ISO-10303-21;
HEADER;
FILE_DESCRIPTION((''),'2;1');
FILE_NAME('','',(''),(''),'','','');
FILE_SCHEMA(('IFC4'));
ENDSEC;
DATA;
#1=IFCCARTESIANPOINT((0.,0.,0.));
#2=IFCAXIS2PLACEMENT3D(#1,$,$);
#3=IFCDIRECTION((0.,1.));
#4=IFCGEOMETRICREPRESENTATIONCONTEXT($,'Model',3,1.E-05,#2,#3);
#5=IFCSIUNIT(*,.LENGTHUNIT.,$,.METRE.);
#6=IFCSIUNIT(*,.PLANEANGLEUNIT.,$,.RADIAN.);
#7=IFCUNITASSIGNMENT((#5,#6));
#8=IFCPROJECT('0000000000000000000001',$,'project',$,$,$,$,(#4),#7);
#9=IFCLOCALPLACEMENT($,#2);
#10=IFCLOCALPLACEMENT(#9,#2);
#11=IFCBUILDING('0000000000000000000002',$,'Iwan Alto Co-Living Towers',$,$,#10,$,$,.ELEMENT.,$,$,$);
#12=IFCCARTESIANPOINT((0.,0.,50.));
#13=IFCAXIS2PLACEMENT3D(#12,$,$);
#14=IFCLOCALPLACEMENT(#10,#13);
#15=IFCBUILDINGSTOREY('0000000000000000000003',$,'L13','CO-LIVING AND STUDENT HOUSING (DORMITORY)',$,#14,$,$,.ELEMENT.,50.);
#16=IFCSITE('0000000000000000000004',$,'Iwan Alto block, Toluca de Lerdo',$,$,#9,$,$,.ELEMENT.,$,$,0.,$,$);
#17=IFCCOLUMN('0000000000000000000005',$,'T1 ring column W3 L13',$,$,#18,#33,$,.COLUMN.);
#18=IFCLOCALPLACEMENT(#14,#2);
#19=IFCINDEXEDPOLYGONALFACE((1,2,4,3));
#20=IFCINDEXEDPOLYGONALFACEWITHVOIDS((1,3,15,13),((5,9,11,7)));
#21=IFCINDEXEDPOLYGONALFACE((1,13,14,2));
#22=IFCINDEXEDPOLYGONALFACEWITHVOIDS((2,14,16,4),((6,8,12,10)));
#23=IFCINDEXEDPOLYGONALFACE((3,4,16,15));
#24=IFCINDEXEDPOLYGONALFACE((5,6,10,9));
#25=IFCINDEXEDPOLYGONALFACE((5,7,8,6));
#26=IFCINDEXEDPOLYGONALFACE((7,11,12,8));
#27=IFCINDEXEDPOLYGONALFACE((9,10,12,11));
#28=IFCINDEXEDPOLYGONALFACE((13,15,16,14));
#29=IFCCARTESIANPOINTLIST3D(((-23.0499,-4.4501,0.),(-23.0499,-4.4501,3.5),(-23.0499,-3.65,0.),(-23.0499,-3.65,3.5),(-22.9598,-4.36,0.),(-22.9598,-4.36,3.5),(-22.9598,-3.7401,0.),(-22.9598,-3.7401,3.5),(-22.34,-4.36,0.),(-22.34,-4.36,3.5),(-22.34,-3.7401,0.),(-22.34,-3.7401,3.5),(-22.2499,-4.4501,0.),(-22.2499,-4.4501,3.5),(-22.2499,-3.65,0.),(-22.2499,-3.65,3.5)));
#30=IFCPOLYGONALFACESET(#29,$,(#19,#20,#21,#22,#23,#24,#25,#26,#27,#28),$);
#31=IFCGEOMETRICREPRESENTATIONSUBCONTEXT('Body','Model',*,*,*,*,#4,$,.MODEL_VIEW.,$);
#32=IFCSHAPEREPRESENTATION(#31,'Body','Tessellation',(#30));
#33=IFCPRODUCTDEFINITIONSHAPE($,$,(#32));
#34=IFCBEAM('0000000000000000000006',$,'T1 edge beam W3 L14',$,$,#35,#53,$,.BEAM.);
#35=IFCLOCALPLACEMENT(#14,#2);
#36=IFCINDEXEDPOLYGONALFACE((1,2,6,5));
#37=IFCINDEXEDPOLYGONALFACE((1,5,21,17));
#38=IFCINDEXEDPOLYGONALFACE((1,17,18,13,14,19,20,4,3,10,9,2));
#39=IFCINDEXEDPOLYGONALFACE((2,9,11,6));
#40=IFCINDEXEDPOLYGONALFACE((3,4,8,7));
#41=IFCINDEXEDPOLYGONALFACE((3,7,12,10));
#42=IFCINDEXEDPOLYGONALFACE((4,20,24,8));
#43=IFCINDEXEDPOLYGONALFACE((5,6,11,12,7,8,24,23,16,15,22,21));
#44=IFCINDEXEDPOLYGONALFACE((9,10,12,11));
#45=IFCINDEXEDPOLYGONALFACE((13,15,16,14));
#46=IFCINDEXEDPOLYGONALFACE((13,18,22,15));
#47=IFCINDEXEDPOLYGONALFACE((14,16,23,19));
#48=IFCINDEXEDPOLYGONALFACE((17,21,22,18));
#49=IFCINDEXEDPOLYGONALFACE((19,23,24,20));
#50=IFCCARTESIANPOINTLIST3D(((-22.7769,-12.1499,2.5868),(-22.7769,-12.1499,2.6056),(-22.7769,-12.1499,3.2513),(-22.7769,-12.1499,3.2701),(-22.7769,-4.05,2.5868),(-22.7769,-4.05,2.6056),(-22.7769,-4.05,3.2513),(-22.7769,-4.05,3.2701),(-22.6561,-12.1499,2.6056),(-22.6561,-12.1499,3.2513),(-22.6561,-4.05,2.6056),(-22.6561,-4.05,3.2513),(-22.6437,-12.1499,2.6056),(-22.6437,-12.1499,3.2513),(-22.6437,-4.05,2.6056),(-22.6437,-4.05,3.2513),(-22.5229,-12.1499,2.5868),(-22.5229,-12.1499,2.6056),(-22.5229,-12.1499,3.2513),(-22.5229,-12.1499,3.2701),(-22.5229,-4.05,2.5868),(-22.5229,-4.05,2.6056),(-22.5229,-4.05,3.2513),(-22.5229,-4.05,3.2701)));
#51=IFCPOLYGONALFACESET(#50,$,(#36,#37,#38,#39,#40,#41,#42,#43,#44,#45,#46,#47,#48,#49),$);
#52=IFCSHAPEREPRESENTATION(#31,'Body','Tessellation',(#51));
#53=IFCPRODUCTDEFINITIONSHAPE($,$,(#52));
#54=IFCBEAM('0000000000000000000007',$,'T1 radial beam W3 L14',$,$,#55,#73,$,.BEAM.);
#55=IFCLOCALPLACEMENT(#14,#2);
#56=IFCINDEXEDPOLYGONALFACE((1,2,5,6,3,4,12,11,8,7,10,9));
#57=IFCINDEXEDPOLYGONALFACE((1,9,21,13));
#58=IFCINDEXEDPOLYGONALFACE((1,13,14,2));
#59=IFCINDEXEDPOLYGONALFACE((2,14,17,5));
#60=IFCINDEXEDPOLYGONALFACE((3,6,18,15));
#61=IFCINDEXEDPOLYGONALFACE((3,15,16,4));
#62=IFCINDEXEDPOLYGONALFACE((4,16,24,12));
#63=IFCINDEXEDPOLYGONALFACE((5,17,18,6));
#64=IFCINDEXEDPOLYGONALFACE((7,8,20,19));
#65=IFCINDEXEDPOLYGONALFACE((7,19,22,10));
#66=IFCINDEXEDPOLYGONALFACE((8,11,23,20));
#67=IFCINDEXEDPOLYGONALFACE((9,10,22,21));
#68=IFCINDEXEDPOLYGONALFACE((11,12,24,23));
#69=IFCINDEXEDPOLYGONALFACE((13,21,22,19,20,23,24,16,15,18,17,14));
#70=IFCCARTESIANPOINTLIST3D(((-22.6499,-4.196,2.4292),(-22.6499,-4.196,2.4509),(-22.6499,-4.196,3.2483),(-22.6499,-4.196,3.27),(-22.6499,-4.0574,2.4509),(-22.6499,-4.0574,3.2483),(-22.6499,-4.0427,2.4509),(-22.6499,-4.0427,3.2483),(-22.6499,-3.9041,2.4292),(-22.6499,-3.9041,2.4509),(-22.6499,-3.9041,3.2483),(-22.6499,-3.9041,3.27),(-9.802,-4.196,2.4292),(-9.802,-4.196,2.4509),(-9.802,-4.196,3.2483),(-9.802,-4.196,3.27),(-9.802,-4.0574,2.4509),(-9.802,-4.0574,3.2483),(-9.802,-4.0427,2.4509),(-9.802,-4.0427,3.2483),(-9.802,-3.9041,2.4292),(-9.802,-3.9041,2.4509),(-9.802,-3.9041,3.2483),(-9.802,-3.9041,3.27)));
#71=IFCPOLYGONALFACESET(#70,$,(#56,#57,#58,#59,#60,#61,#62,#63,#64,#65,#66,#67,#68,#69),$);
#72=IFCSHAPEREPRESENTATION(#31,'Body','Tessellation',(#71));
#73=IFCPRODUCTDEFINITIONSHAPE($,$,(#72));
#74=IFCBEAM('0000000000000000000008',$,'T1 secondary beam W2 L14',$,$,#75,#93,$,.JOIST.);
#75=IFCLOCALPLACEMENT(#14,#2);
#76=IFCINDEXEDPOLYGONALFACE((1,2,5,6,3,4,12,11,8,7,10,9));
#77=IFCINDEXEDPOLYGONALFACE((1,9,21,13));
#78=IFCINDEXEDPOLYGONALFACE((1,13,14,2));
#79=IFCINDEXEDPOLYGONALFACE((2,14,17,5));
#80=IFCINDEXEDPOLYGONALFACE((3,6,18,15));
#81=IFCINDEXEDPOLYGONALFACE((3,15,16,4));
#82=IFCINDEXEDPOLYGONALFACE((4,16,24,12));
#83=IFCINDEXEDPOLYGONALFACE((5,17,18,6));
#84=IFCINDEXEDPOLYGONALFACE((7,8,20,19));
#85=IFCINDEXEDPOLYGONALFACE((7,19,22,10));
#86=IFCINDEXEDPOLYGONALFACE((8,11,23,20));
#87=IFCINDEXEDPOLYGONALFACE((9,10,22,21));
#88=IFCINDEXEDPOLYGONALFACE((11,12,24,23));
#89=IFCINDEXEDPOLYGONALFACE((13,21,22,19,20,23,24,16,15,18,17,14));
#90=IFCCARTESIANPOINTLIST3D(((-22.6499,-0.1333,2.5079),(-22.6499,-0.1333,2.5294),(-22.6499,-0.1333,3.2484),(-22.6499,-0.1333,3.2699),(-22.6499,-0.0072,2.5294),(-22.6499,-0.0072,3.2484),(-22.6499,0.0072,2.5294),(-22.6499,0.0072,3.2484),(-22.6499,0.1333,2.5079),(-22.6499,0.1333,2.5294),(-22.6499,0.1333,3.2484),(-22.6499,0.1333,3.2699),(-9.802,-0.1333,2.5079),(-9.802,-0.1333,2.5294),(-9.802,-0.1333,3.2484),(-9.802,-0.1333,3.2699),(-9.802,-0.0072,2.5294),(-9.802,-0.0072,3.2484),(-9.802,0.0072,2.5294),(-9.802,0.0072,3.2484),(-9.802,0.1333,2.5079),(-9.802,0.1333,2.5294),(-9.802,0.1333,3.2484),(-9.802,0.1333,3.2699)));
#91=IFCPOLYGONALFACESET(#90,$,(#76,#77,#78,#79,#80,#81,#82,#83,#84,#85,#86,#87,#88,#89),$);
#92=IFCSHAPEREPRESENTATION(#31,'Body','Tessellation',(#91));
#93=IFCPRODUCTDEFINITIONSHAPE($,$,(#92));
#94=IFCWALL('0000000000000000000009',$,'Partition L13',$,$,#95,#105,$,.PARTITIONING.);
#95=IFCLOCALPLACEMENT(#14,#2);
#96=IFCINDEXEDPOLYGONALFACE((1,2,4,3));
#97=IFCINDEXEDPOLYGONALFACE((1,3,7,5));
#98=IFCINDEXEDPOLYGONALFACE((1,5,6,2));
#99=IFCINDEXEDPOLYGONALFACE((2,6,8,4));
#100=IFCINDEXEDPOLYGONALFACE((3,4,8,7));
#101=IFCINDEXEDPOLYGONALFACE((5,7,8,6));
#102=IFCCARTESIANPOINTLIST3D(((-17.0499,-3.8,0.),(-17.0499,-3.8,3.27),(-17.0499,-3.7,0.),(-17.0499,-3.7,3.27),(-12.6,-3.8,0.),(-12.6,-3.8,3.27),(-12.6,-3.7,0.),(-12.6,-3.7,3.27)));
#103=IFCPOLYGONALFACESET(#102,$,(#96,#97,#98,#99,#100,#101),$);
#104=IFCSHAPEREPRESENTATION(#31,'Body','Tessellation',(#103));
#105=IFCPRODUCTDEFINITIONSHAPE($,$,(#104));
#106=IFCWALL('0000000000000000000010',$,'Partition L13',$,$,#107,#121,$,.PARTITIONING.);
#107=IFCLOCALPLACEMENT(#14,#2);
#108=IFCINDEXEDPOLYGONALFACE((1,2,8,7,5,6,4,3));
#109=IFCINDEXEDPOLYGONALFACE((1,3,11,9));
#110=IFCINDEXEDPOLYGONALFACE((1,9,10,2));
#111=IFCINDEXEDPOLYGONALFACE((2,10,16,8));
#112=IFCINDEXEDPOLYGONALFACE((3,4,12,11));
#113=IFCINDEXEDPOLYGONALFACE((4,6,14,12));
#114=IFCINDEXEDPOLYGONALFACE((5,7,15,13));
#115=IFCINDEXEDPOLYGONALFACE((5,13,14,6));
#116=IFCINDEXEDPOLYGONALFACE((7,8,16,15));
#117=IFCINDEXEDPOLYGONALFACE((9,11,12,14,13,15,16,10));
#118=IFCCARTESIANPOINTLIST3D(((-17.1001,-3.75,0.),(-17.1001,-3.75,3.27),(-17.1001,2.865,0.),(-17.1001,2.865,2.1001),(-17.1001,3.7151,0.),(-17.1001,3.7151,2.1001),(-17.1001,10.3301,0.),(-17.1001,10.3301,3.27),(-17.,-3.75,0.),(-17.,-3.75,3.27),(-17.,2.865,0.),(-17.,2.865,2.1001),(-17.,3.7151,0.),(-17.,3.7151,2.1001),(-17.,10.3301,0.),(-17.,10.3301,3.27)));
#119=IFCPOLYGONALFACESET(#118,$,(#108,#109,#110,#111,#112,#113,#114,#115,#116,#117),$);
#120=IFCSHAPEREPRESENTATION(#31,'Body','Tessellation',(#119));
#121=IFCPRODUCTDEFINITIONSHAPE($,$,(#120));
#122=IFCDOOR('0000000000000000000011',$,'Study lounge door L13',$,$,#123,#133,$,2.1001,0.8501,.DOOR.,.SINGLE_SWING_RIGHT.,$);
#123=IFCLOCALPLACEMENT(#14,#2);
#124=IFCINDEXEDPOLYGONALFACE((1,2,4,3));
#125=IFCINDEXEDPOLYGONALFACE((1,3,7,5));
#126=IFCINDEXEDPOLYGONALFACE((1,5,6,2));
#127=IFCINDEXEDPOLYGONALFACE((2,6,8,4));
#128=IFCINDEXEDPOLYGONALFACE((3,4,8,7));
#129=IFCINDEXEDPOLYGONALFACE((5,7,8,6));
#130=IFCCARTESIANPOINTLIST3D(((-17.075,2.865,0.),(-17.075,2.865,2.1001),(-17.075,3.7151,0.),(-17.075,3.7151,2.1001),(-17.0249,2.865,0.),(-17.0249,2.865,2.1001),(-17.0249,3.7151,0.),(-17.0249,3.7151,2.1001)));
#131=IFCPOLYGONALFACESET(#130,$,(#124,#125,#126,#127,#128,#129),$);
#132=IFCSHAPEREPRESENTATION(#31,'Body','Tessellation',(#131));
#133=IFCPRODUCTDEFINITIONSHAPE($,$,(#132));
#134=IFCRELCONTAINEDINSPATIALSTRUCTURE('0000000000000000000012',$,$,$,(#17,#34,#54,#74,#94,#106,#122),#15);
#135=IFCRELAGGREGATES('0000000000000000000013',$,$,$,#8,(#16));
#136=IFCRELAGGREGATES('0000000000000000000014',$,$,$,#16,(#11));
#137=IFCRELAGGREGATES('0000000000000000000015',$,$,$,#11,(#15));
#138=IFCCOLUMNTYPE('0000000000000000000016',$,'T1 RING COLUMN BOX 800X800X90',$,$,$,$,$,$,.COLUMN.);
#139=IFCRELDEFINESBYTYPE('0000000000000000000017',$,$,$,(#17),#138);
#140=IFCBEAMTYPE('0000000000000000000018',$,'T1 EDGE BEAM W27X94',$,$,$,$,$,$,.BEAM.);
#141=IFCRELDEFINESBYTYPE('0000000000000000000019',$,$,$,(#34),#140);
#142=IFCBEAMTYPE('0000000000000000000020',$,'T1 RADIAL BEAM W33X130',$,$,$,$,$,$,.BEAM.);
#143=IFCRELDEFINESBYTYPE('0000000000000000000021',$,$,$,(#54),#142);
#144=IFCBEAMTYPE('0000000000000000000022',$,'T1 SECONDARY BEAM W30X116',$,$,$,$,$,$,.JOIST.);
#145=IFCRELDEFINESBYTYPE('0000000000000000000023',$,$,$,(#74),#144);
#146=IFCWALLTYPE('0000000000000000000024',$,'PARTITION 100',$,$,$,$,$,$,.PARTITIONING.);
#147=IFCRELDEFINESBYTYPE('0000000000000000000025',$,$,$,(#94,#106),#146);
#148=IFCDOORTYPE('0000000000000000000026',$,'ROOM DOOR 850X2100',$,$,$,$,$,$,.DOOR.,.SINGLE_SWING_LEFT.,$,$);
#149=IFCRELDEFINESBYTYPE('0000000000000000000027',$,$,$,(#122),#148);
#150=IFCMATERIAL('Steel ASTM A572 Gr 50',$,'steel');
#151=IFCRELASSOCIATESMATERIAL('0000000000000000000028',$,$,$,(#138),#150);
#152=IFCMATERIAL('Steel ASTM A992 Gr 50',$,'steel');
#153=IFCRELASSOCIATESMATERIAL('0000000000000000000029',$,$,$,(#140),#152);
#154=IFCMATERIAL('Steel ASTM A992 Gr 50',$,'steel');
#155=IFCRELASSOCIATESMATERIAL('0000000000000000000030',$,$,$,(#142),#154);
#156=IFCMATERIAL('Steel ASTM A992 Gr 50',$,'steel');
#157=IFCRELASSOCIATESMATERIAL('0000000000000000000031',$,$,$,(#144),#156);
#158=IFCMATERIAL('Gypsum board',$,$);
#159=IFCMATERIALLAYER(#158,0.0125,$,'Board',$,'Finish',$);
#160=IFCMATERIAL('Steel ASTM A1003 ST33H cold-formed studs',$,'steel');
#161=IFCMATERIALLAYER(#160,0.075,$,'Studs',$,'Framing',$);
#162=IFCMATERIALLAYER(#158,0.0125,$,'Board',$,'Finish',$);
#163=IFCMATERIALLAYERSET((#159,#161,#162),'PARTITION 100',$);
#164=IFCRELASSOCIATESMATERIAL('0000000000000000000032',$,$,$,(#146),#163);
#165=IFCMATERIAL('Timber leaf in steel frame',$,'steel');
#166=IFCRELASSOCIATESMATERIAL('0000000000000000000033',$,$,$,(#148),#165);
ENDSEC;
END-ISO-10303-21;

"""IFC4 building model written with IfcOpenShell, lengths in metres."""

from ifc_helpers import new_model, si_unit, direction, frame, frame_2d, origin, origin_2d, place, context, subcontext, project, spatial, rectangle, hollow_rectangle, i_section, extrude, material, layer, layer_set, material_profile, profile_set, type_object, element, fill, save


model = new_model("IFC4")

# Units and contexts
model_context = context("Model", 3, precision=1e-05, world=origin(), true_north=direction((0.0, 1.0)))
body_context = subcontext(model_context, "Body", "Model", "MODEL_VIEW")
ifc_project = project(units=[si_unit("LENGTHUNIT", "METRE"), si_unit("PLANEANGLEUNIT", "RADIAN")], contexts=[model_context])

# Site, building, storey
site_placement = place(None, origin())
site = spatial("IfcSite", under=ifc_project, at=site_placement, Name="Iwan Alto block, Toluca de Lerdo", CompositionType="ELEMENT", RefElevation=0.0)
building_placement = place(site_placement, origin())
building = spatial("IfcBuilding", under=site, at=building_placement, Name="Iwan Alto Co-Living Towers", CompositionType="ELEMENT")
storey_placement = place(building_placement, frame((0.0, 0.0, 50.0)))
storey = spatial("IfcBuildingStorey", under=building, at=storey_placement, Name="L13", Description="CO-LIVING AND STUDENT HOUSING (DORMITORY)", CompositionType="ELEMENT", Elevation=50.0)

# Column
ifc_material_1 = material(Name="Steel ASTM A572 Gr 50", Category="steel")
ifc_material_profile_1 = material_profile(ifc_material_1, hollow_rectangle(XDim=0.8, YDim=0.8, WallThickness=0.0901, at=origin_2d()), Name="BOX 800X800X90")
ifc_profile_set_1 = profile_set([ifc_material_profile_1], Name="Steel ASTM A572 Gr 50")
column_type = type_object("IfcColumnType", Name="T1 RING COLUMN BOX 800X800X90", PredefinedType="COLUMN", material=ifc_profile_set_1)
column_placement = place(storey_placement, frame((-22.6499, -4.05, 0.0), z_axis=(0.0, 0.0, 1.0), x_axis=(1.0, 0.0, 0.0)))
element("IfcColumn", 1, at=column_placement, inside=storey, type_object=column_type, Name="T1 ring column W3 L13", PredefinedType="COLUMN", context=body_context, shape_type="SweptSolid", body=[
    extrude(hollow_rectangle(XDim=0.8, YDim=0.8, WallThickness=0.0901, at=origin_2d()), origin(), (0.0, 0.0, 1.0), 3.5),
])

# Beams
ifc_material_2 = material(Name="Steel ASTM A992 Gr 50", Category="steel")
ifc_material_profile_2 = material_profile(ifc_material_2, i_section(OverallWidth=0.2539, OverallDepth=0.6833, WebThickness=0.0125, FlangeThickness=0.0188, at=origin_2d()), Name="W27X94")
ifc_profile_set_2 = profile_set([ifc_material_profile_2], Name="Steel ASTM A992 Gr 50")
beam_type_1 = type_object("IfcBeamType", Name="T1 EDGE BEAM W27X94", PredefinedType="BEAM", material=ifc_profile_set_2)
beam_1_placement = place(storey_placement, frame((-22.6499, -4.05, 2.9285), z_axis=(0.0, -1.0, 0.0), x_axis=(1.0, 0.0, 0.0)))
element("IfcBeam", 2, at=beam_1_placement, inside=storey, type_object=beam_type_1, Name="T1 edge beam W3 L14", PredefinedType="BEAM", context=body_context, shape_type="SweptSolid", body=[
    extrude(i_section(OverallWidth=0.2539, OverallDepth=0.6833, WebThickness=0.0125, FlangeThickness=0.0188, at=origin_2d()), origin(), (0.0, 0.0, 1.0), 8.0999),
])
ifc_material_3 = material(Name="Steel ASTM A992 Gr 50", Category="steel")
ifc_material_profile_3 = material_profile(ifc_material_3, i_section(OverallWidth=0.292, OverallDepth=0.8408, WebThickness=0.0146, FlangeThickness=0.0217, at=origin_2d()), Name="W33X130")
ifc_profile_set_3 = profile_set([ifc_material_profile_3], Name="Steel ASTM A992 Gr 50")
beam_type_2 = type_object("IfcBeamType", Name="T1 RADIAL BEAM W33X130", PredefinedType="BEAM", material=ifc_profile_set_3)
beam_2_placement = place(storey_placement, frame((-22.6499, -4.05, 2.8496), z_axis=(1.0, 0.0, 0.0), x_axis=(0.0, 1.0, 0.0)))
element("IfcBeam", 3, at=beam_2_placement, inside=storey, type_object=beam_type_2, Name="T1 radial beam W3 L14", PredefinedType="BEAM", context=body_context, shape_type="SweptSolid", body=[
    extrude(i_section(OverallWidth=0.292, OverallDepth=0.8408, WebThickness=0.0146, FlangeThickness=0.0217, at=origin_2d()), origin(), (0.0, 0.0, 1.0), 12.8479),
])
ifc_material_4 = material(Name="Steel ASTM A992 Gr 50", Category="steel")
ifc_material_profile_4 = material_profile(ifc_material_4, i_section(OverallWidth=0.2666, OverallDepth=0.762, WebThickness=0.0144, FlangeThickness=0.0215, at=origin_2d()), Name="W30X116")
ifc_profile_set_4 = profile_set([ifc_material_profile_4], Name="Steel ASTM A992 Gr 50")
beam_type_3 = type_object("IfcBeamType", Name="T1 SECONDARY BEAM W30X116", PredefinedType="JOIST", material=ifc_profile_set_4)
beam_3_placement = place(storey_placement, frame((-22.6499, 0.0, 2.8889), z_axis=(1.0, 0.0, 0.0), x_axis=(0.0, 1.0, 0.0)))
element("IfcBeam", 4, at=beam_3_placement, inside=storey, type_object=beam_type_3, Name="T1 secondary beam W2 L14", PredefinedType="JOIST", context=body_context, shape_type="SweptSolid", body=[
    extrude(i_section(OverallWidth=0.2666, OverallDepth=0.762, WebThickness=0.0144, FlangeThickness=0.0215, at=origin_2d()), origin(), (0.0, 0.0, 1.0), 12.8479),
])

# Wall
ifc_material_5 = material(Name="Gypsum board")
ifc_layer_1 = layer(ifc_material_5, 0.0125, Name="Board", Category="Finish")
ifc_material_6 = material(Name="Steel ASTM A1003 ST33H cold-formed studs", Category="steel")
ifc_layer_2 = layer(ifc_material_6, 0.075, Name="Studs", Category="Framing")
ifc_layer_3 = layer(ifc_material_5, 0.0125, Name="Board", Category="Finish")
ifc_layer_set_1 = layer_set([ifc_layer_1, ifc_layer_2, ifc_layer_3], Name="PARTITION 100")
wall_type_1 = type_object("IfcWallType", Name="PARTITION 100", PredefinedType="PARTITIONING", material=ifc_layer_set_1)
wall_1_placement = place(storey_placement, frame((-17.05, -3.75, 0.0), z_axis=(0.0, 0.0, 1.0), x_axis=(1.0, 0.0, 0.0)))
element("IfcWall", 5, at=wall_1_placement, inside=storey, type_object=wall_type_1, Name="Partition L13", PredefinedType="PARTITIONING", context=body_context, shape_type="SweptSolid", body=[
    extrude(rectangle(XDim=4.45, YDim=0.1001, at=frame_2d((2.2251, 0.0))), origin(), (0.0, 0.0, 1.0), 3.27),
])

# Wall, opening, door
wall_2_placement = place(storey_placement, frame((-17.05, -3.75, 0.0), z_axis=(0.0, 0.0, 1.0), x_axis=(0.0, 1.0, 0.0)))
wall_2 = element("IfcWall", 6, at=wall_2_placement, inside=storey, type_object=wall_type_1, Name="Partition L13", PredefinedType="PARTITIONING", context=body_context, shape_type="SweptSolid", body=[
    extrude(rectangle(XDim=14.0801, YDim=0.1001, at=frame_2d((7.04, 0.0))), origin(), (0.0, 0.0, 1.0), 3.27),
])
opening_1_placement = place(wall_2_placement, frame((6.615, 0.0, 0.0)))
opening_1 = element("IfcOpeningElement", 7, at=opening_1_placement, cuts=wall_2, PredefinedType="OPENING", context=body_context, shape_type="SweptSolid", body=[
    extrude(rectangle(XDim=0.8501, YDim=2.1001, at=frame_2d((0.425, 1.05))), frame((0.0, 0.0601, 0.0), z_axis=(0.0, -1.0, 0.0), x_axis=(1.0, 0.0, 0.0)), (0.0, 0.0, 1.0), 0.1201),
])
ifc_material_7 = material(Name="Timber leaf in steel frame", Category="steel")
door_type_1 = type_object("IfcDoorType", Name="ROOM DOOR 850X2100", OperationType="SINGLE_SWING_LEFT", PredefinedType="DOOR", material=ifc_material_7)
door_1_placement = place(opening_1_placement, origin())
door_1 = element("IfcDoor", 8, at=door_1_placement, inside=storey, type_object=door_type_1, Name="Study lounge door L13", OperationType="SINGLE_SWING_RIGHT", OverallHeight=2.1001, OverallWidth=0.8501, PredefinedType="DOOR", context=body_context, shape_type="SweptSolid", body=[
    extrude(rectangle(XDim=0.8501, YDim=2.1001, at=frame_2d((0.425, 1.05))), frame((0.0, 0.0249, 0.0), z_axis=(0.0, -1.0, 0.0), x_axis=(1.0, 0.0, 0.0)), (0.0, 0.0, 1.0), 0.05),
])
fill(opening_1, door_1)

save(model, "model.ifc")
